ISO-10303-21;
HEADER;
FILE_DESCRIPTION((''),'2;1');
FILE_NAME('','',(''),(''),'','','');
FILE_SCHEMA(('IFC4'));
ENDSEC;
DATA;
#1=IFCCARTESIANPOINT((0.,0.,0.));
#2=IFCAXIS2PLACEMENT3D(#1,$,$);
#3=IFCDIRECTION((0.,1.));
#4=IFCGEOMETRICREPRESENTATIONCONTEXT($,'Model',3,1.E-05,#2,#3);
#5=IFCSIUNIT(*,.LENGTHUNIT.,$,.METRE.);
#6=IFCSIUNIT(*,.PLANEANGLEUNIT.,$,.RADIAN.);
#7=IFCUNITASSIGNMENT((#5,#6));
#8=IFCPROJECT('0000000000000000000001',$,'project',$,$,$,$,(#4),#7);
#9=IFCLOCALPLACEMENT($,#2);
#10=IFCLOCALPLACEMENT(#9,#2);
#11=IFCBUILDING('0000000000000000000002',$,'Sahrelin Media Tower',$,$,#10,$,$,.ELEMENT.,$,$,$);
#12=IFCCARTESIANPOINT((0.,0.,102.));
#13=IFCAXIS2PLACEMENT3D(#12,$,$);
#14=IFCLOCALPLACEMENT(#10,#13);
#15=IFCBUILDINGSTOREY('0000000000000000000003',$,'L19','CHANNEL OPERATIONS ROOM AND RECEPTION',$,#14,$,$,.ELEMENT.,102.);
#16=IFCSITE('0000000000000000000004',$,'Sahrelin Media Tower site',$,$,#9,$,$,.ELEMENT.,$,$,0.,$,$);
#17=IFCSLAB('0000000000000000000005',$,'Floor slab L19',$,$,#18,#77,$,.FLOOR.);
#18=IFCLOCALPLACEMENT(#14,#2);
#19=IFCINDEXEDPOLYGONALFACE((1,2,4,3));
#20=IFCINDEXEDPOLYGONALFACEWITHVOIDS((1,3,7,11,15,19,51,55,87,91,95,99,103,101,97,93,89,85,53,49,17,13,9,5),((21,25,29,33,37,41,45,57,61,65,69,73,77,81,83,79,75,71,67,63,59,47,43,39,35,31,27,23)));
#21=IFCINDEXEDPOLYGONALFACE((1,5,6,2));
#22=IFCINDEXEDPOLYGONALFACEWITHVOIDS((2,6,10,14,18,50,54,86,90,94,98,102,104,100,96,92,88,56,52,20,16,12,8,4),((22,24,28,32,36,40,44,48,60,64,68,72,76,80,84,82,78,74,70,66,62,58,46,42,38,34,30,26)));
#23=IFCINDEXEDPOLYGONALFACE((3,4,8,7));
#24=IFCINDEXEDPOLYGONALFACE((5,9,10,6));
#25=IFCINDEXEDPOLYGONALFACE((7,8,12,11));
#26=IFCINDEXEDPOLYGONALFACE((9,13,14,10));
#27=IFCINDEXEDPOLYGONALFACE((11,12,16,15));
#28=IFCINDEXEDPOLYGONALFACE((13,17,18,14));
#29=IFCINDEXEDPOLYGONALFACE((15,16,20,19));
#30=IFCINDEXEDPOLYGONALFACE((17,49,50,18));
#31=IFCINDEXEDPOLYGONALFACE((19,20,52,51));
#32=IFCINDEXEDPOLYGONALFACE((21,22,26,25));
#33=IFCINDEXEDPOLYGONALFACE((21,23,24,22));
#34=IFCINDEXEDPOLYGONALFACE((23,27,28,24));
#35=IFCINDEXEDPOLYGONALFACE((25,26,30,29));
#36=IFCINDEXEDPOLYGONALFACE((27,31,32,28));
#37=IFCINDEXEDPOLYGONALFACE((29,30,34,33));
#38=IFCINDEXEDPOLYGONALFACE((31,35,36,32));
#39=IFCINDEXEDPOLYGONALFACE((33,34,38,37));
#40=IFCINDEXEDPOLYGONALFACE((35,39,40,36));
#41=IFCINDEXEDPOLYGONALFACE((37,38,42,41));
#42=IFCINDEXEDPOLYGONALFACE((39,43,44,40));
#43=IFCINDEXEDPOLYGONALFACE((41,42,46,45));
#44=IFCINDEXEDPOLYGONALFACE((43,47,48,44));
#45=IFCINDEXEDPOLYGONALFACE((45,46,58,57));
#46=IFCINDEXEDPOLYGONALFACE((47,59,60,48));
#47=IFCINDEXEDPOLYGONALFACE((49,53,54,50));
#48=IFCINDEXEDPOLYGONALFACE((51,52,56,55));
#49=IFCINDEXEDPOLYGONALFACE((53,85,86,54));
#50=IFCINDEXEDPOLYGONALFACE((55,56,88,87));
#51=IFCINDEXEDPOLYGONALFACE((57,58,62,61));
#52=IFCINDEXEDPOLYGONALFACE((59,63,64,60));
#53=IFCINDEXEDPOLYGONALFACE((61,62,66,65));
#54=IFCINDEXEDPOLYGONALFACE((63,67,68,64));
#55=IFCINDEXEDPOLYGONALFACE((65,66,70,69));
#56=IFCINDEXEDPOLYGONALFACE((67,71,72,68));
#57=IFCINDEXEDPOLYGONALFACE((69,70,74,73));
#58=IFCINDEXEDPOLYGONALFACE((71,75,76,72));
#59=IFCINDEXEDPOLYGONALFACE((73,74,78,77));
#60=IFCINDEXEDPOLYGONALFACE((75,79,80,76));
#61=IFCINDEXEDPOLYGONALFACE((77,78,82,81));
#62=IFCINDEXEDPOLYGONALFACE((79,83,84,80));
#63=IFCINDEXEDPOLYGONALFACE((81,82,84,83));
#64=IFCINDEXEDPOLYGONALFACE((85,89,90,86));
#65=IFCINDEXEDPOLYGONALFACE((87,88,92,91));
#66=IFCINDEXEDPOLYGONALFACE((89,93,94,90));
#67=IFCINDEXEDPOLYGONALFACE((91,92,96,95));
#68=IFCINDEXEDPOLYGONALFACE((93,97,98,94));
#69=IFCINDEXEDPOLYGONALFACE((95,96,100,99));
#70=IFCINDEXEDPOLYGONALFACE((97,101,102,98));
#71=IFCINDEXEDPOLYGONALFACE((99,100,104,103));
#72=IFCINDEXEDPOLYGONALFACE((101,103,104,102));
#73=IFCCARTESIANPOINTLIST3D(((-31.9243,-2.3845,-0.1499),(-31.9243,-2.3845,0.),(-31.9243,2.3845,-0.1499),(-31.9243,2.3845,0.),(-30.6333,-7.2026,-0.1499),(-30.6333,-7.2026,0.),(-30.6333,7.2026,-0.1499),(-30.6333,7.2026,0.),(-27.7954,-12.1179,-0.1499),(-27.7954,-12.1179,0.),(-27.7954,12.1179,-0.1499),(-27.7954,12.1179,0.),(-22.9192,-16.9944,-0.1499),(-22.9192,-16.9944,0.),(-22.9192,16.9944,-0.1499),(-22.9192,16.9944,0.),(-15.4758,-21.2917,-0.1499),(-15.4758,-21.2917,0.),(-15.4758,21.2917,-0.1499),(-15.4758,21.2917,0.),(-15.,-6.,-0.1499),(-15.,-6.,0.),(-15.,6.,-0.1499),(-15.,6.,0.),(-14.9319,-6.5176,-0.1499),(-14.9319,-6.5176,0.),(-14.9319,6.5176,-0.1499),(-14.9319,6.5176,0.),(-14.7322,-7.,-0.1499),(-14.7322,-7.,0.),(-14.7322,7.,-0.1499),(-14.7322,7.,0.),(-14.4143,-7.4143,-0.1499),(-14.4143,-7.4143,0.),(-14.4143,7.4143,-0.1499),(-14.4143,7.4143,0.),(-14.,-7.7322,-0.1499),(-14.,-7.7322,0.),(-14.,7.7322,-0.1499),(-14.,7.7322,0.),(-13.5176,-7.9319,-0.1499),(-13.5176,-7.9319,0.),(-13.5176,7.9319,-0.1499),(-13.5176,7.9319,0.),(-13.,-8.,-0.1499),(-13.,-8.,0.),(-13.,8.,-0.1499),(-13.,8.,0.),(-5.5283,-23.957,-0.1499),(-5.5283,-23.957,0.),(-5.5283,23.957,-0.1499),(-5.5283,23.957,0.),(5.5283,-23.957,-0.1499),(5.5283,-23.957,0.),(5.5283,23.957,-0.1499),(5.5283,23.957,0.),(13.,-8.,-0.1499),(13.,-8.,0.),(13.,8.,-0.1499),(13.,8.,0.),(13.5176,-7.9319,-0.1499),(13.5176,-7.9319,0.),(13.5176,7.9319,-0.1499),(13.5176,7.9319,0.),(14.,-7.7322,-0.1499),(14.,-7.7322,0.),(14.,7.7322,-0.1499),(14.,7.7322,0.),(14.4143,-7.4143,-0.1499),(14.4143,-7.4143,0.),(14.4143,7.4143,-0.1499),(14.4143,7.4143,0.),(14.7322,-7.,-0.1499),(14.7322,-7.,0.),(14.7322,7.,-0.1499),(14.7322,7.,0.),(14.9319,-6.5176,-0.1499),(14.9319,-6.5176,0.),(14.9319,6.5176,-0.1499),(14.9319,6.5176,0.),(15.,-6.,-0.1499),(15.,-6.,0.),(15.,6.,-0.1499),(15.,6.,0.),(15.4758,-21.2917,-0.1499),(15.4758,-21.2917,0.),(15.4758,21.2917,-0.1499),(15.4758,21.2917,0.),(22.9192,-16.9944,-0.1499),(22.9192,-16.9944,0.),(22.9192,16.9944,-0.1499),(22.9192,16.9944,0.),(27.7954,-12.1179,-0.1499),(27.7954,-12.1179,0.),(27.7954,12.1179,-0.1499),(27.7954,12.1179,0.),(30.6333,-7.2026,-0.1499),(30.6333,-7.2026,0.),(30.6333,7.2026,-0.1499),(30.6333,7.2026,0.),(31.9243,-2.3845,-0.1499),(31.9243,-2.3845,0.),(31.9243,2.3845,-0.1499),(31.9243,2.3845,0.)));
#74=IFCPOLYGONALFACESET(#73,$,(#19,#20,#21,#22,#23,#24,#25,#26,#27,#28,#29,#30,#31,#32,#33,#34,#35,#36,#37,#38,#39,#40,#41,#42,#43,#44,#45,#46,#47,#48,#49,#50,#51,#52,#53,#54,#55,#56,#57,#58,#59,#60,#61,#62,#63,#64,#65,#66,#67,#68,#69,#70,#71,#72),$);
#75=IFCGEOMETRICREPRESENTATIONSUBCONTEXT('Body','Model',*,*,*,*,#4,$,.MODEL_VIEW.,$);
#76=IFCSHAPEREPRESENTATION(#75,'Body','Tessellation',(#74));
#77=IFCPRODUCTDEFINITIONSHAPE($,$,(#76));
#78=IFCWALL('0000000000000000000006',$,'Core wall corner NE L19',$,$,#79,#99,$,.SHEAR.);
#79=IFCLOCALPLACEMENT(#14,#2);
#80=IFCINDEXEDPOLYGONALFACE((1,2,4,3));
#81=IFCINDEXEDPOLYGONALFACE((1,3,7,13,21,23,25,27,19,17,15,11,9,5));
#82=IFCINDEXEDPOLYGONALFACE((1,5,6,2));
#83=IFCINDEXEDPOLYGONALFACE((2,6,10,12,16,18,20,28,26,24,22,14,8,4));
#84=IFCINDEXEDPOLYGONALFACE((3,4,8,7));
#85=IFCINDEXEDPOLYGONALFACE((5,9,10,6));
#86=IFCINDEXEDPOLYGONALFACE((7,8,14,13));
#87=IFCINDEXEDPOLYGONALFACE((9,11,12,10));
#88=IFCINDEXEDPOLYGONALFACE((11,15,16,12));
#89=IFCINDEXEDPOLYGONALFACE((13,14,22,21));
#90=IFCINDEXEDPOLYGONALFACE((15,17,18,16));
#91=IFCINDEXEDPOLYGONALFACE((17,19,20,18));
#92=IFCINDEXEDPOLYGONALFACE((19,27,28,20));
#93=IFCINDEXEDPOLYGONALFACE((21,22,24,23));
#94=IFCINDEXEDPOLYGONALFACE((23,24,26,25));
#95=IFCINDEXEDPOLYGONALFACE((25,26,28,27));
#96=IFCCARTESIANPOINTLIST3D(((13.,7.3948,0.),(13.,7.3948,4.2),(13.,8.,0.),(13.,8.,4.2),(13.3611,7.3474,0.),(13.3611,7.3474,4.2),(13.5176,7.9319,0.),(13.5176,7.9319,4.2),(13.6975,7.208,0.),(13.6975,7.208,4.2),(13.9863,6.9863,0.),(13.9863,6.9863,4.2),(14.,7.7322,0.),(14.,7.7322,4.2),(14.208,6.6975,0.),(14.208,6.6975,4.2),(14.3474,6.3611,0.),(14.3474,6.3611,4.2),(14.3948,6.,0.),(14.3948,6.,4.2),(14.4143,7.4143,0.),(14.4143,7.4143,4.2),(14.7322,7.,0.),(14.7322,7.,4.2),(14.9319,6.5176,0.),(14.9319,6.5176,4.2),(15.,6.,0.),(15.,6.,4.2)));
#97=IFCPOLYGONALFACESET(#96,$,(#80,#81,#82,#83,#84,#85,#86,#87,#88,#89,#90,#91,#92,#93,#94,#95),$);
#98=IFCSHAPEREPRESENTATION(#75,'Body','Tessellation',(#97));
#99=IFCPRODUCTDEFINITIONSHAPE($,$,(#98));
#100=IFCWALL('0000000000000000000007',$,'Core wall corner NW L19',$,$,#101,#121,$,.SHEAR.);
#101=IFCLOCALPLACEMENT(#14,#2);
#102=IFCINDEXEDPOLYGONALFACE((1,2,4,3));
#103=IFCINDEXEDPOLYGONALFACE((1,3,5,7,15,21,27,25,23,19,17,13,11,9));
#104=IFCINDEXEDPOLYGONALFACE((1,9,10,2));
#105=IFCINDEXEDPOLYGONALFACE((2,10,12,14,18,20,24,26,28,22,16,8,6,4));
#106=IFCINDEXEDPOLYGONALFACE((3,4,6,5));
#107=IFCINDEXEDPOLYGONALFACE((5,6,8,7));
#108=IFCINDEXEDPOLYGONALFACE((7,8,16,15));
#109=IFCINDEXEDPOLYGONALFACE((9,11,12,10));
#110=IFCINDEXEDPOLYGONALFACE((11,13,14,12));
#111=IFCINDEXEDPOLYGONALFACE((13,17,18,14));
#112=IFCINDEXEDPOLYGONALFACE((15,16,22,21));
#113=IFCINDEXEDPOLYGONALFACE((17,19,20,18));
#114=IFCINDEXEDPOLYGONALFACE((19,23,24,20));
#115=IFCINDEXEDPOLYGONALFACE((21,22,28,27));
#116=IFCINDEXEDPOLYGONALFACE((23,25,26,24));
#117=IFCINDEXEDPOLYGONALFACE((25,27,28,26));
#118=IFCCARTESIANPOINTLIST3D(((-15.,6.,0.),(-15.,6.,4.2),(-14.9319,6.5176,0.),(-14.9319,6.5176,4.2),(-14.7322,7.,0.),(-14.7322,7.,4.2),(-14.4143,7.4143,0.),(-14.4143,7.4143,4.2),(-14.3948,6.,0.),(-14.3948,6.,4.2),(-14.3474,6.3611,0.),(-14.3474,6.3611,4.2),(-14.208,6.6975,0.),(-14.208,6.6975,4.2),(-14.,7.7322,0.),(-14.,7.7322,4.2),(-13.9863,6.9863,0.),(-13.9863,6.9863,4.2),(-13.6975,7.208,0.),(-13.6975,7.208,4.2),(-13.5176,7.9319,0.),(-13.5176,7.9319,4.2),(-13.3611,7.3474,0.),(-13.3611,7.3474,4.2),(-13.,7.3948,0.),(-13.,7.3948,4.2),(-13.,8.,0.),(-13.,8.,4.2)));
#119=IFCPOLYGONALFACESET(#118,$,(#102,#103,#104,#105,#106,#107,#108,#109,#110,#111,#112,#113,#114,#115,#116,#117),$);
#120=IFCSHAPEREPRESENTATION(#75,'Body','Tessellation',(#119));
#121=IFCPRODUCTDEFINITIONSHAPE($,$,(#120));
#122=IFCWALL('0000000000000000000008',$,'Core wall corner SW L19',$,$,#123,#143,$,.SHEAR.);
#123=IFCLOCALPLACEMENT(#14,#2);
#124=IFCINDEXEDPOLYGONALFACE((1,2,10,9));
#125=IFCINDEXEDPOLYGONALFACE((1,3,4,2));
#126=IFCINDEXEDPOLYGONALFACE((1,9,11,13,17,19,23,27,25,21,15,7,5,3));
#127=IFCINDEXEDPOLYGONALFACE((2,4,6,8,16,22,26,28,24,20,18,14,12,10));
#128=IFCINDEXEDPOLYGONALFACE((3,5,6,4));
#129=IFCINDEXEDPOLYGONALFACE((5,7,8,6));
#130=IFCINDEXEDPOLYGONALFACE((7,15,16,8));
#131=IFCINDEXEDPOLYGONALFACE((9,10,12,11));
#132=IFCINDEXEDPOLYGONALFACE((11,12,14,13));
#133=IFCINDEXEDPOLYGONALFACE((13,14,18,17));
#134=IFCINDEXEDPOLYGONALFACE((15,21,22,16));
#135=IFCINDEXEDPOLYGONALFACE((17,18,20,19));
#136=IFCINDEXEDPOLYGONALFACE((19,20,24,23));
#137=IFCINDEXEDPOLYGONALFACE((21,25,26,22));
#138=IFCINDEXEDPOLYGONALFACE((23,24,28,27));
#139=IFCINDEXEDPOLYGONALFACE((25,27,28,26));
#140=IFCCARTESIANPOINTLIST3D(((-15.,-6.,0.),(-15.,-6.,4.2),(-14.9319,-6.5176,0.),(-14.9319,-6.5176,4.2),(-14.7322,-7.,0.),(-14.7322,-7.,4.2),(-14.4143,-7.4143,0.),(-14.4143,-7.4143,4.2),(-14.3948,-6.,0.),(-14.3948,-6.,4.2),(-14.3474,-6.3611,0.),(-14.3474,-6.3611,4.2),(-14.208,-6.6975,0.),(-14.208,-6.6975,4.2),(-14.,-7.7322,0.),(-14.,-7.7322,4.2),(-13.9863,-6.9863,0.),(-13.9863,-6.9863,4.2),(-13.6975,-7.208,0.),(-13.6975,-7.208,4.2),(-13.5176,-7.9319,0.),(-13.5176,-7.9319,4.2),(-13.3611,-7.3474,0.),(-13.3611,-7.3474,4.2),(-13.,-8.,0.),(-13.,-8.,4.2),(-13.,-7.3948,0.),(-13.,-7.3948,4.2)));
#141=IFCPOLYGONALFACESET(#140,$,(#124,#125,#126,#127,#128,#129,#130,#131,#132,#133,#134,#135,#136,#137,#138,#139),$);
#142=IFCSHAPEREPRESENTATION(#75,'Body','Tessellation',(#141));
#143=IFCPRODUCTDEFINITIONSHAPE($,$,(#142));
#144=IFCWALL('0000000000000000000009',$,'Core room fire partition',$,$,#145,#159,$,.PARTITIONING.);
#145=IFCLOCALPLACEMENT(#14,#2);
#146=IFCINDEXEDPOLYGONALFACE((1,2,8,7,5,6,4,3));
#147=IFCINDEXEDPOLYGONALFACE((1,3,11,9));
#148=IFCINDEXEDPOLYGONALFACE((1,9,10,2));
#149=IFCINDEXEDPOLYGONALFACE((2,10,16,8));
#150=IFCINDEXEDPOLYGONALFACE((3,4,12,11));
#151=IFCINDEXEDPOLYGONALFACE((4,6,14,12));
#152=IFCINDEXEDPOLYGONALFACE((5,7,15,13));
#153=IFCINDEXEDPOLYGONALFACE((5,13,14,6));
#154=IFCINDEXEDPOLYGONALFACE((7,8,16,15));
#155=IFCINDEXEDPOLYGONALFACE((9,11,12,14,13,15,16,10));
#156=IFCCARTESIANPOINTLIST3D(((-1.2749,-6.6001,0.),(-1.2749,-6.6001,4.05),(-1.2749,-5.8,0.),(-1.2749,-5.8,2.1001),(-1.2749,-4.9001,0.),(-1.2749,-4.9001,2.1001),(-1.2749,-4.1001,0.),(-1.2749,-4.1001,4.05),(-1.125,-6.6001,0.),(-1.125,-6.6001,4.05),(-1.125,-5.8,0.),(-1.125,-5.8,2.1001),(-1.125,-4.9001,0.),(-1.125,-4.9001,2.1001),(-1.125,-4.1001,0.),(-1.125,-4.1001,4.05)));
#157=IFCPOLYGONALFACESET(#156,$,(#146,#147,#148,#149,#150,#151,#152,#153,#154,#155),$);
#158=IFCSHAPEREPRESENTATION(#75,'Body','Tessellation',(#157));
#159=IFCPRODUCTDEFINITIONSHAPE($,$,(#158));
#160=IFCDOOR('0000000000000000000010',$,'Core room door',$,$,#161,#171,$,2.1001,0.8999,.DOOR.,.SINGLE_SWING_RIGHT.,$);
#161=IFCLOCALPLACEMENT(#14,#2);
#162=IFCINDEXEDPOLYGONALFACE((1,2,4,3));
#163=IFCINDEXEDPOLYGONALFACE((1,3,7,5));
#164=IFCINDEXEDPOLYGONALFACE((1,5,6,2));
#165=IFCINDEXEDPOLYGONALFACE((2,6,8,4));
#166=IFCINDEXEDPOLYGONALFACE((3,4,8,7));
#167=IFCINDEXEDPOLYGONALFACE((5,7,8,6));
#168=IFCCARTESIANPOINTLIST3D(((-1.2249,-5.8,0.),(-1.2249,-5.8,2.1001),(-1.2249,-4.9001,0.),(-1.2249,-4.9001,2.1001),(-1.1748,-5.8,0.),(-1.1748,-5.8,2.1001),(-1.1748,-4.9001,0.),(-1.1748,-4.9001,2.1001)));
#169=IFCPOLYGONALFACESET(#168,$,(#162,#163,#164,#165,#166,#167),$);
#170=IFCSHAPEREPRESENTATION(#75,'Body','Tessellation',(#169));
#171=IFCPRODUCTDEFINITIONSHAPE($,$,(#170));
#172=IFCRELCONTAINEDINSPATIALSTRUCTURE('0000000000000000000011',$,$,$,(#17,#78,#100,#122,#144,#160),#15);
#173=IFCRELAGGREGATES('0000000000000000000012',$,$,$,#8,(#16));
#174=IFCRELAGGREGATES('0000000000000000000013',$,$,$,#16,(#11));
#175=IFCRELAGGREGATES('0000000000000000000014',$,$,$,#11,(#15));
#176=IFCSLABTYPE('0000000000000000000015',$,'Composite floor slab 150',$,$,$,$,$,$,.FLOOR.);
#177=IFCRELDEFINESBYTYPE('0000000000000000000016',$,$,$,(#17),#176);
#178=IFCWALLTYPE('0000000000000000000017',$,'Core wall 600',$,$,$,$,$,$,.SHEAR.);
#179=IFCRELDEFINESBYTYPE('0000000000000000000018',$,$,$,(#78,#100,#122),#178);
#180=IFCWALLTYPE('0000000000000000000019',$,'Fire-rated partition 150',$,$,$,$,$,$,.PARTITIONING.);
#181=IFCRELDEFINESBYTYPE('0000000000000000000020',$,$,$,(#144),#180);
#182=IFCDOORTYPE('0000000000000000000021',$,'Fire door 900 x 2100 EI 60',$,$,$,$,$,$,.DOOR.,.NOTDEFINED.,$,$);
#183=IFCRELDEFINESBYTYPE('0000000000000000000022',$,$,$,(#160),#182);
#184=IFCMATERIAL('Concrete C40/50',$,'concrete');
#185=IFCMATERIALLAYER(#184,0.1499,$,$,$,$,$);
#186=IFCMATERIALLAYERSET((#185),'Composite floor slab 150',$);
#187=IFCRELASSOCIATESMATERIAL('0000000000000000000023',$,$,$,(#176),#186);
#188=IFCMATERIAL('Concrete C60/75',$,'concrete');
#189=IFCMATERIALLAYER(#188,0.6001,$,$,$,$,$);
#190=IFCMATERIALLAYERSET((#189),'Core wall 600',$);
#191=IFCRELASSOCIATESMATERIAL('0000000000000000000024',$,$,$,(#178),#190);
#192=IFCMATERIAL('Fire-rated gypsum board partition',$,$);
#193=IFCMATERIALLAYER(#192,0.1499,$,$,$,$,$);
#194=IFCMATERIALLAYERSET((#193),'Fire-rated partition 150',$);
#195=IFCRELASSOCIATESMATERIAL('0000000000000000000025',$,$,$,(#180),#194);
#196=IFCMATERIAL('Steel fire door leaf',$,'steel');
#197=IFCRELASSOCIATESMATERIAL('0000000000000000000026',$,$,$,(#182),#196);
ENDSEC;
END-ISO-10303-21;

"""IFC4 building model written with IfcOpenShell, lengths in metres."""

from ifc_helpers import new_model, si_unit, direction, frame, frame_2d, origin, place, context, subcontext, project, spatial, polyline, rectangle, outline, extrude, material, layer, layer_set, type_object, element, fill, save


model = new_model("IFC4")

# Units and contexts
model_context = context("Model", 3, precision=1e-05, world=origin(), true_north=direction((0.0, 1.0)))
body_context = subcontext(model_context, "Body", "Model", "MODEL_VIEW")
ifc_project = project(units=[si_unit("LENGTHUNIT", "METRE"), si_unit("PLANEANGLEUNIT", "RADIAN")], contexts=[model_context])

# Site, building, storey
site_placement = place(None, origin())
site = spatial("IfcSite", under=ifc_project, at=site_placement, Name="Sahrelin Media Tower site", CompositionType="ELEMENT", RefElevation=0.0)
building_placement = place(site_placement, origin())
building = spatial("IfcBuilding", under=site, at=building_placement, Name="Sahrelin Media Tower", CompositionType="ELEMENT")
storey_placement = place(building_placement, frame((0.0, 0.0, 102.0)))
storey = spatial("IfcBuildingStorey", under=building, at=storey_placement, Name="L19", Description="CHANNEL OPERATIONS ROOM AND RECEPTION", CompositionType="ELEMENT", Elevation=102.0)

# Slab
ifc_material_1 = material(Name="Concrete C40/50", Category="concrete")
ifc_layer_1 = layer(ifc_material_1, 0.1499)
ifc_layer_set_1 = layer_set([ifc_layer_1], Name="Composite floor slab 150")
slab_type = type_object("IfcSlabType", Name="Composite floor slab 150", PredefinedType="FLOOR", material=ifc_layer_set_1)
slab_placement = place(storey_placement, frame((0.0, 0.0, -0.1499)))
element("IfcSlab", 1, at=slab_placement, inside=storey, type_object=slab_type, Name="Floor slab L19", PredefinedType="FLOOR", context=body_context, shape_type="SweptSolid", body=[
    extrude(outline(polyline([(31.9243, -2.3845), (31.9243, 2.3845), (30.6333, 7.2026), (27.7954, 12.1179), (22.9192, 16.9944), (15.4758, 21.2917), (5.5283, 23.957), (-5.5283, 23.957), (-15.4758, 21.2917), (-22.9192, 16.9944), (-27.7954, 12.1179), (-30.6333, 7.2026), (-31.9243, 2.3845), (-31.9243, -2.3845), (-30.6333, -7.2026), (-27.7954, -12.1179), (-22.9192, -16.9944), (-15.4758, -21.2917), (-5.5283, -23.957), (5.5283, -23.957), (15.4758, -21.2917), (22.9192, -16.9944), (27.7954, -12.1179), (30.6333, -7.2026), (31.9243, -2.3845)]), holes=[polyline([(14.9319, 6.5176), (15.0, 6.0), (15.0, -6.0), (14.9319, -6.5176), (14.7322, -7.0), (14.4143, -7.4143), (14.0, -7.7322), (13.5176, -7.9319), (13.0, -8.0), (-13.0, -8.0), (-13.5176, -7.9319), (-14.0, -7.7322), (-14.4143, -7.4143), (-14.7322, -7.0), (-14.9319, -6.5176), (-15.0, -6.0), (-15.0, 6.0), (-14.9319, 6.5176), (-14.7322, 7.0), (-14.4143, 7.4143), (-14.0, 7.7322), (-13.5176, 7.9319), (-13.0, 8.0), (13.0, 8.0), (13.5176, 7.9319), (14.0, 7.7322), (14.4143, 7.4143), (14.7322, 7.0), (14.9319, 6.5176)])]), origin(), (0.0, 0.0, 1.0), 0.1499),
])

# Walls
ifc_material_2 = material(Name="Concrete C60/75", Category="concrete")
ifc_layer_2 = layer(ifc_material_2, 0.6001)
ifc_layer_set_2 = layer_set([ifc_layer_2], Name="Core wall 600")
wall_type_1 = type_object("IfcWallType", Name="Core wall 600", PredefinedType="SHEAR", material=ifc_layer_set_2)
placement = place(storey_placement, origin())
element("IfcWall", 2, at=placement, inside=storey, type_object=wall_type_1, Name="Core wall corner NE L19", PredefinedType="SHEAR", context=body_context, shape_type="SweptSolid", body=[
    extrude(outline(polyline([(13.0, 8.0), (13.0, 7.3948), (13.3611, 7.3474), (13.6975, 7.208), (13.9863, 6.9863), (14.208, 6.6975), (14.3474, 6.3611), (14.3948, 6.0), (15.0, 6.0), (14.9319, 6.5176), (14.7322, 7.0), (14.4143, 7.4143), (14.0, 7.7322), (13.5176, 7.9319), (13.0, 8.0)])), origin(), (0.0, 0.0, 1.0), 4.2),
])
element("IfcWall", 3, at=placement, inside=storey, type_object=wall_type_1, Name="Core wall corner NW L19", PredefinedType="SHEAR", context=body_context, shape_type="SweptSolid", body=[
    extrude(outline(polyline([(-15.0, 6.0), (-14.3948, 6.0), (-14.3474, 6.3611), (-14.208, 6.6975), (-13.9863, 6.9863), (-13.6975, 7.208), (-13.3611, 7.3474), (-13.0, 7.3948), (-13.0, 8.0), (-13.5176, 7.9319), (-14.0, 7.7322), (-14.4143, 7.4143), (-14.7322, 7.0), (-14.9319, 6.5176), (-15.0, 6.0)])), origin(), (0.0, 0.0, 1.0), 4.2),
])
element("IfcWall", 4, at=placement, inside=storey, type_object=wall_type_1, Name="Core wall corner SW L19", PredefinedType="SHEAR", context=body_context, shape_type="SweptSolid", body=[
    extrude(outline(polyline([(-13.0, -8.0), (-13.0, -7.3948), (-13.3611, -7.3474), (-13.6975, -7.208), (-13.9863, -6.9863), (-14.208, -6.6975), (-14.3474, -6.3611), (-14.3948, -6.0), (-15.0, -6.0), (-14.9319, -6.5176), (-14.7322, -7.0), (-14.4143, -7.4143), (-14.0, -7.7322), (-13.5176, -7.9319), (-13.0, -8.0)])), origin(), (0.0, 0.0, 1.0), 4.2),
])

# Wall, opening, door
ifc_material_3 = material(Name="Fire-rated gypsum board partition")
ifc_layer_3 = layer(ifc_material_3, 0.1499)
ifc_layer_set_3 = layer_set([ifc_layer_3], Name="Fire-rated partition 150")
wall_type_2 = type_object("IfcWallType", Name="Fire-rated partition 150", PredefinedType="PARTITIONING", material=ifc_layer_set_3)
wall_1_placement = place(storey_placement, frame((-1.2, -6.6001, 0.0), z_axis=(0.0, 0.0, 1.0), x_axis=(0.0, 1.0, 0.0)))
wall_1 = element("IfcWall", 5, at=wall_1_placement, inside=storey, type_object=wall_type_2, Name="Core room fire partition", PredefinedType="PARTITIONING", context=body_context, shape_type="SweptSolid", body=[
    extrude(rectangle(XDim=2.5, YDim=0.1499, at=frame_2d((1.25, 0.0))), origin(), (0.0, 0.0, 1.0), 4.05),
])
opening_1_placement = place(wall_1_placement, frame((0.8, 0.0, 0.0)))
opening_1 = element("IfcOpeningElement", 6, at=opening_1_placement, cuts=wall_1, PredefinedType="OPENING", context=body_context, shape_type="SweptSolid", body=[
    extrude(rectangle(XDim=0.8999, YDim=2.1001, at=frame_2d((0.45, 1.05))), frame((0.0, 0.075, 0.0), z_axis=(0.0, -1.0, 0.0), x_axis=(1.0, 0.0, 0.0)), (0.0, 0.0, 1.0), 0.1499),
])
ifc_material_4 = material(Name="Steel fire door leaf", Category="steel")
door_type_1 = type_object("IfcDoorType", Name="Fire door 900 x 2100 EI 60", OperationType="NOTDEFINED", PredefinedType="DOOR", material=ifc_material_4)
door_1_placement = place(opening_1_placement, origin())
door_1 = element("IfcDoor", 7, at=door_1_placement, inside=storey, type_object=door_type_1, Name="Core room door", OperationType="SINGLE_SWING_RIGHT", OverallHeight=2.1001, OverallWidth=0.8999, PredefinedType="DOOR", context=body_context, shape_type="SweptSolid", body=[
    extrude(rectangle(XDim=0.8999, YDim=2.1001, at=frame_2d((0.45, 1.05))), frame((0.0, 0.0249, 0.0), z_axis=(0.0, -1.0, 0.0), x_axis=(1.0, 0.0, 0.0)), (0.0, 0.0, 1.0), 0.05),
])
fill(opening_1, door_1)

save(model, "model.ifc")
